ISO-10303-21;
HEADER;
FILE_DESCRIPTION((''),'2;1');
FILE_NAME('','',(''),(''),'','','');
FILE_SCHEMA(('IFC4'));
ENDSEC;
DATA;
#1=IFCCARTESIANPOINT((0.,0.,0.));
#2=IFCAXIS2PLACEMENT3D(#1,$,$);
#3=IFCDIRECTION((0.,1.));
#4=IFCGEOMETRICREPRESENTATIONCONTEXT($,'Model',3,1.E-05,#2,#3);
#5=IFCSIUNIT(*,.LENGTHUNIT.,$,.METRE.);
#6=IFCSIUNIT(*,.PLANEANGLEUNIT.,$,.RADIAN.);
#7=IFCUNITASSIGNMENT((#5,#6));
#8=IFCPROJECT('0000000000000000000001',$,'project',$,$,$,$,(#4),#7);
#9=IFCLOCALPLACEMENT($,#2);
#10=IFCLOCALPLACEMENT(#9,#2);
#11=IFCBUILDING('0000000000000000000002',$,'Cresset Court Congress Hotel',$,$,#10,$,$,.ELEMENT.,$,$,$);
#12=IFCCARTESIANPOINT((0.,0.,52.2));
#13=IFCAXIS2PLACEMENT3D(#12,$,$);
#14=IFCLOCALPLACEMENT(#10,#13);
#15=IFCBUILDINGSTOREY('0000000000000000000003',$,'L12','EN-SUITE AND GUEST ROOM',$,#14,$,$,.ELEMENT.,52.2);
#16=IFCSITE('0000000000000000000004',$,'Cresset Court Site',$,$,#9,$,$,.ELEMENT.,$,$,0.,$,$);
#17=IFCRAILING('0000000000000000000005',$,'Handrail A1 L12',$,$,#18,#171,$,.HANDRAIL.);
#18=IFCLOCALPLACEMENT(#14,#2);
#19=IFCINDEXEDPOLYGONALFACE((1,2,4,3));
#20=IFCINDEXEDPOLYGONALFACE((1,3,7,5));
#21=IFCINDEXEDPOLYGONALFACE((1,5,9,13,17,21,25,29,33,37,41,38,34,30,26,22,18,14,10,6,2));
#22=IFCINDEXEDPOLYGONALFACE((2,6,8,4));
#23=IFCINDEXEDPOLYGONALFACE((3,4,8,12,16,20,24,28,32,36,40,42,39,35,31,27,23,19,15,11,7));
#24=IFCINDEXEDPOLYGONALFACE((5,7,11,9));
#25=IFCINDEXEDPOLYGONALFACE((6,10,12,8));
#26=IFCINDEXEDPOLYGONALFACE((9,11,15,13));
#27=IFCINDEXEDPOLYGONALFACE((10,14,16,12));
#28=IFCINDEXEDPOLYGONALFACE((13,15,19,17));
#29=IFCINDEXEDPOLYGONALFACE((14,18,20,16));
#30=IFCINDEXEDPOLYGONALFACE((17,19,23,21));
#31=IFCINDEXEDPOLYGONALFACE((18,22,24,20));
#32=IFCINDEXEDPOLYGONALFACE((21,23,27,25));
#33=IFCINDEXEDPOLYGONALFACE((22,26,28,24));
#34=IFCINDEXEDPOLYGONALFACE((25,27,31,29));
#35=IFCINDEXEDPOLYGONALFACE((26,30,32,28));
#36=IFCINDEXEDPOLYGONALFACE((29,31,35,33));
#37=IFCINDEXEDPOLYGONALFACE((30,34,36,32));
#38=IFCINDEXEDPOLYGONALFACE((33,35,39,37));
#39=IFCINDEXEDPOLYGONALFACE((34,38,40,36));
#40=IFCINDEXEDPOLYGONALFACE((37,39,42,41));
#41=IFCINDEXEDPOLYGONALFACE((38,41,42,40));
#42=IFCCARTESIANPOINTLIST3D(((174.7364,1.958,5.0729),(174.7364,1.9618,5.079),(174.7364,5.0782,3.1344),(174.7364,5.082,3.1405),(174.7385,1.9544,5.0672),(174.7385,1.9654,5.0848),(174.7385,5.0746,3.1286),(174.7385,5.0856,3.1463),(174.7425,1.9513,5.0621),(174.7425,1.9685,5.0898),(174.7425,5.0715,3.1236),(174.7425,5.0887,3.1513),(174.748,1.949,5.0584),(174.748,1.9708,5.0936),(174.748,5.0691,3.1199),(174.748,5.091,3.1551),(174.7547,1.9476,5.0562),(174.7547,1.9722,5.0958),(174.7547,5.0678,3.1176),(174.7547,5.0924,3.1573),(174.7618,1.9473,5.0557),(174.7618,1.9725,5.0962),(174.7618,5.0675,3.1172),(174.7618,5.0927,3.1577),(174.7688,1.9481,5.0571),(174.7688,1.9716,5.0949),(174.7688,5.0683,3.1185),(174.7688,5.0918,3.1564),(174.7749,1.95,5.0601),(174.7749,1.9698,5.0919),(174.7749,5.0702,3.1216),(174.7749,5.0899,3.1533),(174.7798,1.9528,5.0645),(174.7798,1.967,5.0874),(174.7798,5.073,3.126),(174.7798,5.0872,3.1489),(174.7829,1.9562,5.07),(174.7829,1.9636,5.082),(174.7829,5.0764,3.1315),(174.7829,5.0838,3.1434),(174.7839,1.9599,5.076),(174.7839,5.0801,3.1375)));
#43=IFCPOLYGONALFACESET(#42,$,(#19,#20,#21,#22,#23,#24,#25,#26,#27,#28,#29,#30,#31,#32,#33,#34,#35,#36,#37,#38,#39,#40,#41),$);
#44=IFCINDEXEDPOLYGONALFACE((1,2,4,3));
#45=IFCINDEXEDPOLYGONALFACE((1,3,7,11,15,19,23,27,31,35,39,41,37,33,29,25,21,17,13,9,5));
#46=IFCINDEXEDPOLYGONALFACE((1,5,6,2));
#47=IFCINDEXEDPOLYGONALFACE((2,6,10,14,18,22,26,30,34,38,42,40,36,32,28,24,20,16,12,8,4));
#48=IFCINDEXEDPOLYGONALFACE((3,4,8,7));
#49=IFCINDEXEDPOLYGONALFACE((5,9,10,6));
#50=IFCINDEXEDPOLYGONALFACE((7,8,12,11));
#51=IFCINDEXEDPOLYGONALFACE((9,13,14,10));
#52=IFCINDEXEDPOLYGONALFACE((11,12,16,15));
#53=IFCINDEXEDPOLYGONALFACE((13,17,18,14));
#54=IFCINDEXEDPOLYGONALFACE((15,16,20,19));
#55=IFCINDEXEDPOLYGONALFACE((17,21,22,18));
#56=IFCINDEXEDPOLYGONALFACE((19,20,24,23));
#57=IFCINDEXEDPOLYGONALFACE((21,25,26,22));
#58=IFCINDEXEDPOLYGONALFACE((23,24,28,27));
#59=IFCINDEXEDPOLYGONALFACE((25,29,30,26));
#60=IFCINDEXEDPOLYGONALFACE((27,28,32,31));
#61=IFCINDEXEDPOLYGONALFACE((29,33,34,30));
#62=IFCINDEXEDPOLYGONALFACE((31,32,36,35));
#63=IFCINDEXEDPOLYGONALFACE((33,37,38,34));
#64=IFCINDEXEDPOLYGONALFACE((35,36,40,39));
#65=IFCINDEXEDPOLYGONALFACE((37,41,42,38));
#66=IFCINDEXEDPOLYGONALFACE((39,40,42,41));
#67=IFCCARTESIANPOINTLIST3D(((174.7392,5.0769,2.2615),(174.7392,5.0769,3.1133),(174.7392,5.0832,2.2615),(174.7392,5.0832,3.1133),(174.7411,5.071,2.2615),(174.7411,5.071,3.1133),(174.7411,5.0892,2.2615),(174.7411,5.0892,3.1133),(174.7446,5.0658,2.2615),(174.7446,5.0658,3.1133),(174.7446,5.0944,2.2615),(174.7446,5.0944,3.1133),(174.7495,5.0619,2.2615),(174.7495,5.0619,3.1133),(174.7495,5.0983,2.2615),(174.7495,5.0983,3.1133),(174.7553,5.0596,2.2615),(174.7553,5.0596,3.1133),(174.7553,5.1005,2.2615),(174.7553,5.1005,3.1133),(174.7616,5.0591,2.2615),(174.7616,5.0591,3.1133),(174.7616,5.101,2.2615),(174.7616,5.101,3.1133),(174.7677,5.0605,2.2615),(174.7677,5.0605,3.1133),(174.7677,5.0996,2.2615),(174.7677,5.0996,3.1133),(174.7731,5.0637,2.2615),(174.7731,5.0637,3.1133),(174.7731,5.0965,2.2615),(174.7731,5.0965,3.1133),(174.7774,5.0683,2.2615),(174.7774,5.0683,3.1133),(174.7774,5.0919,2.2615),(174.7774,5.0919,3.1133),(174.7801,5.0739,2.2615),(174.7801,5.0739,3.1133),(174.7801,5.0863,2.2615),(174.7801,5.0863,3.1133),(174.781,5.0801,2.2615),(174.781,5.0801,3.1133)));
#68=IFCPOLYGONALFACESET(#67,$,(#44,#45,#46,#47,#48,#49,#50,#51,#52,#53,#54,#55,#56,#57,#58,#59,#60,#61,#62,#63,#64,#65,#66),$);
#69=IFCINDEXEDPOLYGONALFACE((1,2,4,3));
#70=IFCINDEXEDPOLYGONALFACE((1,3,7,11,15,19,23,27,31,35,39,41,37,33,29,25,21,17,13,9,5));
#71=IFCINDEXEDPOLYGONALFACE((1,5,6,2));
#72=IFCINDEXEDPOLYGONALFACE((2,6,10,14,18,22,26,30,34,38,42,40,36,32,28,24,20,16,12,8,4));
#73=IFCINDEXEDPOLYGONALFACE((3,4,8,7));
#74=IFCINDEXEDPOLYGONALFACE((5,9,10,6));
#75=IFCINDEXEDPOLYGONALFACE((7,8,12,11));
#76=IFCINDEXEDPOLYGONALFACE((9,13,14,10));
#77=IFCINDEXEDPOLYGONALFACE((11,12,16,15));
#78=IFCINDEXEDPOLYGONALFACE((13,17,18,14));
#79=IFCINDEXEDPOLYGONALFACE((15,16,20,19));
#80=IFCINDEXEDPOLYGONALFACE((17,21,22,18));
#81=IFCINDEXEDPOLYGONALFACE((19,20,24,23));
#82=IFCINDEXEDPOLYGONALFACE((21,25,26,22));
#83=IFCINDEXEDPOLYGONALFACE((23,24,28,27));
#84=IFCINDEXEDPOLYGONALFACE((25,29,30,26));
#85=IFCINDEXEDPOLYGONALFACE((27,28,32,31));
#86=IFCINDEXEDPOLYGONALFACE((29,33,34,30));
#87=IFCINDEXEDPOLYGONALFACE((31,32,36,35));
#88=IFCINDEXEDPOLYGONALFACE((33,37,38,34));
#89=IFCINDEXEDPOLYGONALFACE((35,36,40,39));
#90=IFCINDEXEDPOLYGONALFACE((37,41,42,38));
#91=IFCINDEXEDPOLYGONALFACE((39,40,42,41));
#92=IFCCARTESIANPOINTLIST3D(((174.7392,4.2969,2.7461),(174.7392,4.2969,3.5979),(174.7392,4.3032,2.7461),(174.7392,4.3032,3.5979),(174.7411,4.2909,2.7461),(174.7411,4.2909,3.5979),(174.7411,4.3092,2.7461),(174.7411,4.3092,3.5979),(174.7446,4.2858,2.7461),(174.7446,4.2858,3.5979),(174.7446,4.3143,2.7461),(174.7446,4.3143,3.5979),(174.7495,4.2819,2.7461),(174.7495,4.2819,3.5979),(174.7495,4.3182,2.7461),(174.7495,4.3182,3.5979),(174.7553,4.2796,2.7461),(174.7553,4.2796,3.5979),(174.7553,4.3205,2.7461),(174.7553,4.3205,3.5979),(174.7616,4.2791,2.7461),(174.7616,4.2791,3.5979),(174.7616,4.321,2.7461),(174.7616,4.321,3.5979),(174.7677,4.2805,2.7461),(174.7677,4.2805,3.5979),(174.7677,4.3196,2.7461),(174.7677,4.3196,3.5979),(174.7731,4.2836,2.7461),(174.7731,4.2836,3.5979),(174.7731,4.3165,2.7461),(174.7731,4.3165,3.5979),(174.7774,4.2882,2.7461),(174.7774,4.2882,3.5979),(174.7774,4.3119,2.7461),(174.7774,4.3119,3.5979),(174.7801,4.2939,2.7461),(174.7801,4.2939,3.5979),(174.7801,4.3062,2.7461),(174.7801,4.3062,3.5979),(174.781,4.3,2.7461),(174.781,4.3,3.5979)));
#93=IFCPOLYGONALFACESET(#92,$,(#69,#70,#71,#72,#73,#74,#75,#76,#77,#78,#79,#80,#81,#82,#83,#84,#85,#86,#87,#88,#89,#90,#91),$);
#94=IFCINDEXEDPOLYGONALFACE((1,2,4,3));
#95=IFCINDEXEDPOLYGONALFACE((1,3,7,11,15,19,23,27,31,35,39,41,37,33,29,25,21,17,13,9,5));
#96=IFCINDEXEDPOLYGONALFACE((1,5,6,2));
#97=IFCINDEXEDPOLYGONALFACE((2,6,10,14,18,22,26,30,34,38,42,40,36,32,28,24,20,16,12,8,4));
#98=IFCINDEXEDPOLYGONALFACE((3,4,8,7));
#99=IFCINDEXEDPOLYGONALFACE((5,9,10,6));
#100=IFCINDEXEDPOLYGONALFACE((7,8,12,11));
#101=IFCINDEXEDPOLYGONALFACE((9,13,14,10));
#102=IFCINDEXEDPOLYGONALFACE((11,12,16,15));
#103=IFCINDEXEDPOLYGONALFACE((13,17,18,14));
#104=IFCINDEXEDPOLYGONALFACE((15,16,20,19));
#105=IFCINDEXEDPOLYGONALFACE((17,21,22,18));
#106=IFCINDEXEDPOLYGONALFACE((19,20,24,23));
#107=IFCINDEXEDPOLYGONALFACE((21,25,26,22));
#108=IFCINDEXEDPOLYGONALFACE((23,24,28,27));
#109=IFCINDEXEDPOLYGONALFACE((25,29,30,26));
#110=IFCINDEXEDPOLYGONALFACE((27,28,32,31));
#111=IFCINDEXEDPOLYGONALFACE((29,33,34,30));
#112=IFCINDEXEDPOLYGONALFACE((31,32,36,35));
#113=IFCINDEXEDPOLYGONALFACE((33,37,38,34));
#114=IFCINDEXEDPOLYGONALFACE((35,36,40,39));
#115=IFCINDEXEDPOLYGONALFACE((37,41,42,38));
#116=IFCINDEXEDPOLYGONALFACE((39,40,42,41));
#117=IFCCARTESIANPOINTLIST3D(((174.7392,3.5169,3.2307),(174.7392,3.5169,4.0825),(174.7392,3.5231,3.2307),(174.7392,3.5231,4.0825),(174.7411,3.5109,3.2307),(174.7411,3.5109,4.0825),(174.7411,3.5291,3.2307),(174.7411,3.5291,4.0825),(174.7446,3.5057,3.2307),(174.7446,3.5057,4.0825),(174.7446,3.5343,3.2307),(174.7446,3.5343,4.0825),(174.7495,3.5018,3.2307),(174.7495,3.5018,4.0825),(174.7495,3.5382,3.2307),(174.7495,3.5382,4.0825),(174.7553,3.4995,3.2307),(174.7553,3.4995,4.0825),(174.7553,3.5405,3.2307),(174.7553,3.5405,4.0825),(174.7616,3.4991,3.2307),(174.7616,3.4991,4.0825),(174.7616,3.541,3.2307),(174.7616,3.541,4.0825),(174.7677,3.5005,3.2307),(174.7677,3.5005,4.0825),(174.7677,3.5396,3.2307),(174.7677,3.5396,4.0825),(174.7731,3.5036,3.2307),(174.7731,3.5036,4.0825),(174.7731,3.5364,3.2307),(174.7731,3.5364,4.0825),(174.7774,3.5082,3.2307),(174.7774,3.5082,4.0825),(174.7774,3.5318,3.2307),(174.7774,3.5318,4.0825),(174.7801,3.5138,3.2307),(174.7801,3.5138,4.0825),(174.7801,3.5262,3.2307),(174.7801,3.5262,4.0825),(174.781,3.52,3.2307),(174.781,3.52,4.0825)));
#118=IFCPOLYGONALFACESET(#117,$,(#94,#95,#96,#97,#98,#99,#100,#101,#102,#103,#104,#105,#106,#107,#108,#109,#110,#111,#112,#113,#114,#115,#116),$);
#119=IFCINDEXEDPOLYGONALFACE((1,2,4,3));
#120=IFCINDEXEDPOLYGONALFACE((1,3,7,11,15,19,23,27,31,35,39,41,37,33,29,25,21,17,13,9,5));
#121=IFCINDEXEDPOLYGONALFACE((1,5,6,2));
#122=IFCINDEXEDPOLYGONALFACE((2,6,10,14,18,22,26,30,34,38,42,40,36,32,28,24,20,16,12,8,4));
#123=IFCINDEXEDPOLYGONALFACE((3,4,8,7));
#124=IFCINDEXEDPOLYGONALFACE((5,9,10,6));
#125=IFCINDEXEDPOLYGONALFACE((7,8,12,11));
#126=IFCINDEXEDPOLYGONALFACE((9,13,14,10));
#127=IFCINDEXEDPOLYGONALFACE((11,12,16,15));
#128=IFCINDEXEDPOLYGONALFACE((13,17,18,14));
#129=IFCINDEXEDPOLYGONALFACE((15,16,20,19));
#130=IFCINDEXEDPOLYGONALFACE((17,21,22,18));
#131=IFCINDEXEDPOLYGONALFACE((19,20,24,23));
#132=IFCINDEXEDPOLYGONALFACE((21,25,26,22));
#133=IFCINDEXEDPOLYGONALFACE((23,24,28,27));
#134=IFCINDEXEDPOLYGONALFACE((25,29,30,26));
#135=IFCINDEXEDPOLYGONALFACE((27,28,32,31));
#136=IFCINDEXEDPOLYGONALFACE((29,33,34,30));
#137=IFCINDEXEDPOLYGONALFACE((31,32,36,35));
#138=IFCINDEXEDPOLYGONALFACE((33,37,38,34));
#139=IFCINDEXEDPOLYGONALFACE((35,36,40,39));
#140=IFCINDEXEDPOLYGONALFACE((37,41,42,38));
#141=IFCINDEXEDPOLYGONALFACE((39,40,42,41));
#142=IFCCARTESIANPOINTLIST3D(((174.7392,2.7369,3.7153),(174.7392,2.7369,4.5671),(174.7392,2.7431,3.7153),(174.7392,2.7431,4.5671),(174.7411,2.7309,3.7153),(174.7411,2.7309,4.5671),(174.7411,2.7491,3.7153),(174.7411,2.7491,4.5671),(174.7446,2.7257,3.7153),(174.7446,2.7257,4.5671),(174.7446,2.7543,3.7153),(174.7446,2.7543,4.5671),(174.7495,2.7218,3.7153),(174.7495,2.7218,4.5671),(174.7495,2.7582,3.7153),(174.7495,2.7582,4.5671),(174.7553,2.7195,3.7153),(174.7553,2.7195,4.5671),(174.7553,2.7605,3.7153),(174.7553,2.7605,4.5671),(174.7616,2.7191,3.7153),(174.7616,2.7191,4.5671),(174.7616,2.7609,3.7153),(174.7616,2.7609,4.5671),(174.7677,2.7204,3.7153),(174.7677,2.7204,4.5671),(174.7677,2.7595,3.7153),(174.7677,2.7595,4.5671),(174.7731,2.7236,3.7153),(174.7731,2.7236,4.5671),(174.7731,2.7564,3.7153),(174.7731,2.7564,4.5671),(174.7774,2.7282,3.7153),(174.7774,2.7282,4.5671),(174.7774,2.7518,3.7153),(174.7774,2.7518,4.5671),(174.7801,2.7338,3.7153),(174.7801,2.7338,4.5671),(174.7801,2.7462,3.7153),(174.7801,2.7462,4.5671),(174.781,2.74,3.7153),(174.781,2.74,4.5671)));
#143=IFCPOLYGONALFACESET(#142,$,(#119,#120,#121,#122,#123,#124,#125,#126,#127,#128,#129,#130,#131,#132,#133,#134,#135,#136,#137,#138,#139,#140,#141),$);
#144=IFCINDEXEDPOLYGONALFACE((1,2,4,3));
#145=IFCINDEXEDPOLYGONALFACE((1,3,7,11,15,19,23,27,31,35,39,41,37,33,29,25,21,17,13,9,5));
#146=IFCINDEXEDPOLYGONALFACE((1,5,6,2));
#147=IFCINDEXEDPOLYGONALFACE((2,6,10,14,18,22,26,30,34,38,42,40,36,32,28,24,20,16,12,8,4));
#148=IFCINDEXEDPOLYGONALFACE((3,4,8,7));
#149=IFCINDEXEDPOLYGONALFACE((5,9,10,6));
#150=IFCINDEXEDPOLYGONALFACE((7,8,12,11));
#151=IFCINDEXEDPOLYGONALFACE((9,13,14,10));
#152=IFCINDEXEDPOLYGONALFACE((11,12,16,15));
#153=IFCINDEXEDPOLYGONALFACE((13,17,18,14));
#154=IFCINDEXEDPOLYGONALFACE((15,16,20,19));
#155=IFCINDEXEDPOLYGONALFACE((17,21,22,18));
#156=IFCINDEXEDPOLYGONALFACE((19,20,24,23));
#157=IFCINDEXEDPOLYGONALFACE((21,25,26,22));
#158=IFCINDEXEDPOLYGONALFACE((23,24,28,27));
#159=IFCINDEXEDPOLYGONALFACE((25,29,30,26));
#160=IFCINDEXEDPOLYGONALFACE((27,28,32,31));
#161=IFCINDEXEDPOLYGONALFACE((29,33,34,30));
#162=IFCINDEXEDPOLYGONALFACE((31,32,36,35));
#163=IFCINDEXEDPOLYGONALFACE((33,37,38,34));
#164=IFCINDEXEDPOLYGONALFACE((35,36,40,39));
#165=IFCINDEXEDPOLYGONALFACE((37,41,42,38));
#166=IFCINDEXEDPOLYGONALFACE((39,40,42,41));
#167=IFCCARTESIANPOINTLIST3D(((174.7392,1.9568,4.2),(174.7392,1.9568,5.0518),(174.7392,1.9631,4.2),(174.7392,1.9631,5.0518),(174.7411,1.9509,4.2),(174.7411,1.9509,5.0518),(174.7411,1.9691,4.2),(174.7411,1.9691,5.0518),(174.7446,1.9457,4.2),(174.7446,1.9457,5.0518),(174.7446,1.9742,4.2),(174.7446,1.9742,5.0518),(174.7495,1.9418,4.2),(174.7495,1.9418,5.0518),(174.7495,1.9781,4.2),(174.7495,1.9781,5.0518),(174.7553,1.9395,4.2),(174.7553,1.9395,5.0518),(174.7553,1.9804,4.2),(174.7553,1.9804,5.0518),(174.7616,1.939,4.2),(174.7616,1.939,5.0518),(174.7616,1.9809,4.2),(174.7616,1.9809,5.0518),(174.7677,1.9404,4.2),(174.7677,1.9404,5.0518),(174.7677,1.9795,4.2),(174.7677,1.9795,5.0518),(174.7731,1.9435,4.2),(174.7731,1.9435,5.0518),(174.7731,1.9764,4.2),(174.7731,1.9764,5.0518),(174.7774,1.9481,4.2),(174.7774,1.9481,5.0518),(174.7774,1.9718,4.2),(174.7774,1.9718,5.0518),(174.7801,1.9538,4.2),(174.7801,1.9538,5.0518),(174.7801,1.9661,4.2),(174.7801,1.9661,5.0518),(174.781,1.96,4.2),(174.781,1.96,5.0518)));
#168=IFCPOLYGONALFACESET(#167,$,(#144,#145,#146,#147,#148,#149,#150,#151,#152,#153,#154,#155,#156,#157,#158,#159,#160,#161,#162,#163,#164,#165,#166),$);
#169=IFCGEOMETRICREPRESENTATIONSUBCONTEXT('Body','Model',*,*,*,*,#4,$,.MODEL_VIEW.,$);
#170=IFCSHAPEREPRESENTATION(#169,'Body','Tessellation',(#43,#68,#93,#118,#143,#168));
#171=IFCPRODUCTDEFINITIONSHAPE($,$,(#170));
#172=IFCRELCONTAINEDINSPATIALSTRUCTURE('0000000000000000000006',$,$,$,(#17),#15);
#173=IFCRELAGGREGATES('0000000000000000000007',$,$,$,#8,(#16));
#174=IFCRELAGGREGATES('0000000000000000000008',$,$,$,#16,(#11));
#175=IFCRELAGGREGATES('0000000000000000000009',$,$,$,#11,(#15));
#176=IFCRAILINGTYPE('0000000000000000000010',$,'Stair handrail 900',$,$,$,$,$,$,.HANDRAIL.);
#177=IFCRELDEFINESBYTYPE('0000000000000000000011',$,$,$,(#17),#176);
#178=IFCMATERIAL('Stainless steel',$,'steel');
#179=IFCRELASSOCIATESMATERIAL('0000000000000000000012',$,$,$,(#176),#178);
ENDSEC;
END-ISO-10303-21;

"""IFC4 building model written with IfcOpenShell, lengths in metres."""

from ifc_helpers import new_model, si_unit, direction, frame, origin, origin_2d, place, context, subcontext, project, spatial, circle, extrude, material, type_object, element, save


model = new_model("IFC4")

# Units and contexts
model_context = context("Model", 3, precision=1e-05, world=origin(), true_north=direction((0.0, 1.0)))
body_context = subcontext(model_context, "Body", "Model", "MODEL_VIEW")
ifc_project = project(units=[si_unit("LENGTHUNIT", "METRE"), si_unit("PLANEANGLEUNIT", "RADIAN")], contexts=[model_context])

# Site, building, storey
site_placement = place(None, origin())
site = spatial("IfcSite", under=ifc_project, at=site_placement, Name="Cresset Court Site", CompositionType="ELEMENT", RefElevation=0.0)
building_placement = place(site_placement, origin())
building = spatial("IfcBuilding", under=site, at=building_placement, Name="Cresset Court Congress Hotel", CompositionType="ELEMENT")
storey_placement = place(building_placement, frame((0.0, 0.0, 52.2)))
storey = spatial("IfcBuildingStorey", under=building, at=storey_placement, Name="L12", Description="EN-SUITE AND GUEST ROOM", CompositionType="ELEMENT", Elevation=52.2)

# Railing
ifc_material_1 = material(Name="Stainless steel", Category="steel")
railing_type_1 = type_object("IfcRailingType", Name="Stair handrail 900", PredefinedType="HANDRAIL", material=ifc_material_1)
for number, where, name in (
    (1, (174.76, 5.0801, 2.2615), "Handrail A1 L12"),
):
    element("IfcRailing", number, at=place(storey_placement, frame(where)), inside=storey, type_object=railing_type_1, Name=name, PredefinedType="HANDRAIL", context=body_context, shape_type="SweptSolid", body=[
        extrude(circle(Radius=0.0239, at=origin_2d()), frame((0.0, 0.0, 0.876), z_axis=(0.0, -0.849414, 0.527727), x_axis=(1.0, 0.0, 0.0)), (0.0, 0.0, 1.0), 3.6733),
        extrude(circle(Radius=0.021, at=origin_2d()), origin(), (0.0, 0.0, 1.0), 0.8518),
        extrude(circle(Radius=0.021, at=origin_2d()), frame((0.0, -0.78, 0.4846)), (0.0, 0.0, 1.0), 0.8518),
        extrude(circle(Radius=0.021, at=origin_2d()), frame((0.0, -1.5601, 0.9692)), (0.0, 0.0, 1.0), 0.8518),
        extrude(circle(Radius=0.021, at=origin_2d()), frame((0.0, -2.3401, 1.4539)), (0.0, 0.0, 1.0), 0.8518),
        extrude(circle(Radius=0.021, at=origin_2d()), frame((0.0, -3.1201, 1.9385)), (0.0, 0.0, 1.0), 0.8518),
    ])

save(model, "model.ifc")
